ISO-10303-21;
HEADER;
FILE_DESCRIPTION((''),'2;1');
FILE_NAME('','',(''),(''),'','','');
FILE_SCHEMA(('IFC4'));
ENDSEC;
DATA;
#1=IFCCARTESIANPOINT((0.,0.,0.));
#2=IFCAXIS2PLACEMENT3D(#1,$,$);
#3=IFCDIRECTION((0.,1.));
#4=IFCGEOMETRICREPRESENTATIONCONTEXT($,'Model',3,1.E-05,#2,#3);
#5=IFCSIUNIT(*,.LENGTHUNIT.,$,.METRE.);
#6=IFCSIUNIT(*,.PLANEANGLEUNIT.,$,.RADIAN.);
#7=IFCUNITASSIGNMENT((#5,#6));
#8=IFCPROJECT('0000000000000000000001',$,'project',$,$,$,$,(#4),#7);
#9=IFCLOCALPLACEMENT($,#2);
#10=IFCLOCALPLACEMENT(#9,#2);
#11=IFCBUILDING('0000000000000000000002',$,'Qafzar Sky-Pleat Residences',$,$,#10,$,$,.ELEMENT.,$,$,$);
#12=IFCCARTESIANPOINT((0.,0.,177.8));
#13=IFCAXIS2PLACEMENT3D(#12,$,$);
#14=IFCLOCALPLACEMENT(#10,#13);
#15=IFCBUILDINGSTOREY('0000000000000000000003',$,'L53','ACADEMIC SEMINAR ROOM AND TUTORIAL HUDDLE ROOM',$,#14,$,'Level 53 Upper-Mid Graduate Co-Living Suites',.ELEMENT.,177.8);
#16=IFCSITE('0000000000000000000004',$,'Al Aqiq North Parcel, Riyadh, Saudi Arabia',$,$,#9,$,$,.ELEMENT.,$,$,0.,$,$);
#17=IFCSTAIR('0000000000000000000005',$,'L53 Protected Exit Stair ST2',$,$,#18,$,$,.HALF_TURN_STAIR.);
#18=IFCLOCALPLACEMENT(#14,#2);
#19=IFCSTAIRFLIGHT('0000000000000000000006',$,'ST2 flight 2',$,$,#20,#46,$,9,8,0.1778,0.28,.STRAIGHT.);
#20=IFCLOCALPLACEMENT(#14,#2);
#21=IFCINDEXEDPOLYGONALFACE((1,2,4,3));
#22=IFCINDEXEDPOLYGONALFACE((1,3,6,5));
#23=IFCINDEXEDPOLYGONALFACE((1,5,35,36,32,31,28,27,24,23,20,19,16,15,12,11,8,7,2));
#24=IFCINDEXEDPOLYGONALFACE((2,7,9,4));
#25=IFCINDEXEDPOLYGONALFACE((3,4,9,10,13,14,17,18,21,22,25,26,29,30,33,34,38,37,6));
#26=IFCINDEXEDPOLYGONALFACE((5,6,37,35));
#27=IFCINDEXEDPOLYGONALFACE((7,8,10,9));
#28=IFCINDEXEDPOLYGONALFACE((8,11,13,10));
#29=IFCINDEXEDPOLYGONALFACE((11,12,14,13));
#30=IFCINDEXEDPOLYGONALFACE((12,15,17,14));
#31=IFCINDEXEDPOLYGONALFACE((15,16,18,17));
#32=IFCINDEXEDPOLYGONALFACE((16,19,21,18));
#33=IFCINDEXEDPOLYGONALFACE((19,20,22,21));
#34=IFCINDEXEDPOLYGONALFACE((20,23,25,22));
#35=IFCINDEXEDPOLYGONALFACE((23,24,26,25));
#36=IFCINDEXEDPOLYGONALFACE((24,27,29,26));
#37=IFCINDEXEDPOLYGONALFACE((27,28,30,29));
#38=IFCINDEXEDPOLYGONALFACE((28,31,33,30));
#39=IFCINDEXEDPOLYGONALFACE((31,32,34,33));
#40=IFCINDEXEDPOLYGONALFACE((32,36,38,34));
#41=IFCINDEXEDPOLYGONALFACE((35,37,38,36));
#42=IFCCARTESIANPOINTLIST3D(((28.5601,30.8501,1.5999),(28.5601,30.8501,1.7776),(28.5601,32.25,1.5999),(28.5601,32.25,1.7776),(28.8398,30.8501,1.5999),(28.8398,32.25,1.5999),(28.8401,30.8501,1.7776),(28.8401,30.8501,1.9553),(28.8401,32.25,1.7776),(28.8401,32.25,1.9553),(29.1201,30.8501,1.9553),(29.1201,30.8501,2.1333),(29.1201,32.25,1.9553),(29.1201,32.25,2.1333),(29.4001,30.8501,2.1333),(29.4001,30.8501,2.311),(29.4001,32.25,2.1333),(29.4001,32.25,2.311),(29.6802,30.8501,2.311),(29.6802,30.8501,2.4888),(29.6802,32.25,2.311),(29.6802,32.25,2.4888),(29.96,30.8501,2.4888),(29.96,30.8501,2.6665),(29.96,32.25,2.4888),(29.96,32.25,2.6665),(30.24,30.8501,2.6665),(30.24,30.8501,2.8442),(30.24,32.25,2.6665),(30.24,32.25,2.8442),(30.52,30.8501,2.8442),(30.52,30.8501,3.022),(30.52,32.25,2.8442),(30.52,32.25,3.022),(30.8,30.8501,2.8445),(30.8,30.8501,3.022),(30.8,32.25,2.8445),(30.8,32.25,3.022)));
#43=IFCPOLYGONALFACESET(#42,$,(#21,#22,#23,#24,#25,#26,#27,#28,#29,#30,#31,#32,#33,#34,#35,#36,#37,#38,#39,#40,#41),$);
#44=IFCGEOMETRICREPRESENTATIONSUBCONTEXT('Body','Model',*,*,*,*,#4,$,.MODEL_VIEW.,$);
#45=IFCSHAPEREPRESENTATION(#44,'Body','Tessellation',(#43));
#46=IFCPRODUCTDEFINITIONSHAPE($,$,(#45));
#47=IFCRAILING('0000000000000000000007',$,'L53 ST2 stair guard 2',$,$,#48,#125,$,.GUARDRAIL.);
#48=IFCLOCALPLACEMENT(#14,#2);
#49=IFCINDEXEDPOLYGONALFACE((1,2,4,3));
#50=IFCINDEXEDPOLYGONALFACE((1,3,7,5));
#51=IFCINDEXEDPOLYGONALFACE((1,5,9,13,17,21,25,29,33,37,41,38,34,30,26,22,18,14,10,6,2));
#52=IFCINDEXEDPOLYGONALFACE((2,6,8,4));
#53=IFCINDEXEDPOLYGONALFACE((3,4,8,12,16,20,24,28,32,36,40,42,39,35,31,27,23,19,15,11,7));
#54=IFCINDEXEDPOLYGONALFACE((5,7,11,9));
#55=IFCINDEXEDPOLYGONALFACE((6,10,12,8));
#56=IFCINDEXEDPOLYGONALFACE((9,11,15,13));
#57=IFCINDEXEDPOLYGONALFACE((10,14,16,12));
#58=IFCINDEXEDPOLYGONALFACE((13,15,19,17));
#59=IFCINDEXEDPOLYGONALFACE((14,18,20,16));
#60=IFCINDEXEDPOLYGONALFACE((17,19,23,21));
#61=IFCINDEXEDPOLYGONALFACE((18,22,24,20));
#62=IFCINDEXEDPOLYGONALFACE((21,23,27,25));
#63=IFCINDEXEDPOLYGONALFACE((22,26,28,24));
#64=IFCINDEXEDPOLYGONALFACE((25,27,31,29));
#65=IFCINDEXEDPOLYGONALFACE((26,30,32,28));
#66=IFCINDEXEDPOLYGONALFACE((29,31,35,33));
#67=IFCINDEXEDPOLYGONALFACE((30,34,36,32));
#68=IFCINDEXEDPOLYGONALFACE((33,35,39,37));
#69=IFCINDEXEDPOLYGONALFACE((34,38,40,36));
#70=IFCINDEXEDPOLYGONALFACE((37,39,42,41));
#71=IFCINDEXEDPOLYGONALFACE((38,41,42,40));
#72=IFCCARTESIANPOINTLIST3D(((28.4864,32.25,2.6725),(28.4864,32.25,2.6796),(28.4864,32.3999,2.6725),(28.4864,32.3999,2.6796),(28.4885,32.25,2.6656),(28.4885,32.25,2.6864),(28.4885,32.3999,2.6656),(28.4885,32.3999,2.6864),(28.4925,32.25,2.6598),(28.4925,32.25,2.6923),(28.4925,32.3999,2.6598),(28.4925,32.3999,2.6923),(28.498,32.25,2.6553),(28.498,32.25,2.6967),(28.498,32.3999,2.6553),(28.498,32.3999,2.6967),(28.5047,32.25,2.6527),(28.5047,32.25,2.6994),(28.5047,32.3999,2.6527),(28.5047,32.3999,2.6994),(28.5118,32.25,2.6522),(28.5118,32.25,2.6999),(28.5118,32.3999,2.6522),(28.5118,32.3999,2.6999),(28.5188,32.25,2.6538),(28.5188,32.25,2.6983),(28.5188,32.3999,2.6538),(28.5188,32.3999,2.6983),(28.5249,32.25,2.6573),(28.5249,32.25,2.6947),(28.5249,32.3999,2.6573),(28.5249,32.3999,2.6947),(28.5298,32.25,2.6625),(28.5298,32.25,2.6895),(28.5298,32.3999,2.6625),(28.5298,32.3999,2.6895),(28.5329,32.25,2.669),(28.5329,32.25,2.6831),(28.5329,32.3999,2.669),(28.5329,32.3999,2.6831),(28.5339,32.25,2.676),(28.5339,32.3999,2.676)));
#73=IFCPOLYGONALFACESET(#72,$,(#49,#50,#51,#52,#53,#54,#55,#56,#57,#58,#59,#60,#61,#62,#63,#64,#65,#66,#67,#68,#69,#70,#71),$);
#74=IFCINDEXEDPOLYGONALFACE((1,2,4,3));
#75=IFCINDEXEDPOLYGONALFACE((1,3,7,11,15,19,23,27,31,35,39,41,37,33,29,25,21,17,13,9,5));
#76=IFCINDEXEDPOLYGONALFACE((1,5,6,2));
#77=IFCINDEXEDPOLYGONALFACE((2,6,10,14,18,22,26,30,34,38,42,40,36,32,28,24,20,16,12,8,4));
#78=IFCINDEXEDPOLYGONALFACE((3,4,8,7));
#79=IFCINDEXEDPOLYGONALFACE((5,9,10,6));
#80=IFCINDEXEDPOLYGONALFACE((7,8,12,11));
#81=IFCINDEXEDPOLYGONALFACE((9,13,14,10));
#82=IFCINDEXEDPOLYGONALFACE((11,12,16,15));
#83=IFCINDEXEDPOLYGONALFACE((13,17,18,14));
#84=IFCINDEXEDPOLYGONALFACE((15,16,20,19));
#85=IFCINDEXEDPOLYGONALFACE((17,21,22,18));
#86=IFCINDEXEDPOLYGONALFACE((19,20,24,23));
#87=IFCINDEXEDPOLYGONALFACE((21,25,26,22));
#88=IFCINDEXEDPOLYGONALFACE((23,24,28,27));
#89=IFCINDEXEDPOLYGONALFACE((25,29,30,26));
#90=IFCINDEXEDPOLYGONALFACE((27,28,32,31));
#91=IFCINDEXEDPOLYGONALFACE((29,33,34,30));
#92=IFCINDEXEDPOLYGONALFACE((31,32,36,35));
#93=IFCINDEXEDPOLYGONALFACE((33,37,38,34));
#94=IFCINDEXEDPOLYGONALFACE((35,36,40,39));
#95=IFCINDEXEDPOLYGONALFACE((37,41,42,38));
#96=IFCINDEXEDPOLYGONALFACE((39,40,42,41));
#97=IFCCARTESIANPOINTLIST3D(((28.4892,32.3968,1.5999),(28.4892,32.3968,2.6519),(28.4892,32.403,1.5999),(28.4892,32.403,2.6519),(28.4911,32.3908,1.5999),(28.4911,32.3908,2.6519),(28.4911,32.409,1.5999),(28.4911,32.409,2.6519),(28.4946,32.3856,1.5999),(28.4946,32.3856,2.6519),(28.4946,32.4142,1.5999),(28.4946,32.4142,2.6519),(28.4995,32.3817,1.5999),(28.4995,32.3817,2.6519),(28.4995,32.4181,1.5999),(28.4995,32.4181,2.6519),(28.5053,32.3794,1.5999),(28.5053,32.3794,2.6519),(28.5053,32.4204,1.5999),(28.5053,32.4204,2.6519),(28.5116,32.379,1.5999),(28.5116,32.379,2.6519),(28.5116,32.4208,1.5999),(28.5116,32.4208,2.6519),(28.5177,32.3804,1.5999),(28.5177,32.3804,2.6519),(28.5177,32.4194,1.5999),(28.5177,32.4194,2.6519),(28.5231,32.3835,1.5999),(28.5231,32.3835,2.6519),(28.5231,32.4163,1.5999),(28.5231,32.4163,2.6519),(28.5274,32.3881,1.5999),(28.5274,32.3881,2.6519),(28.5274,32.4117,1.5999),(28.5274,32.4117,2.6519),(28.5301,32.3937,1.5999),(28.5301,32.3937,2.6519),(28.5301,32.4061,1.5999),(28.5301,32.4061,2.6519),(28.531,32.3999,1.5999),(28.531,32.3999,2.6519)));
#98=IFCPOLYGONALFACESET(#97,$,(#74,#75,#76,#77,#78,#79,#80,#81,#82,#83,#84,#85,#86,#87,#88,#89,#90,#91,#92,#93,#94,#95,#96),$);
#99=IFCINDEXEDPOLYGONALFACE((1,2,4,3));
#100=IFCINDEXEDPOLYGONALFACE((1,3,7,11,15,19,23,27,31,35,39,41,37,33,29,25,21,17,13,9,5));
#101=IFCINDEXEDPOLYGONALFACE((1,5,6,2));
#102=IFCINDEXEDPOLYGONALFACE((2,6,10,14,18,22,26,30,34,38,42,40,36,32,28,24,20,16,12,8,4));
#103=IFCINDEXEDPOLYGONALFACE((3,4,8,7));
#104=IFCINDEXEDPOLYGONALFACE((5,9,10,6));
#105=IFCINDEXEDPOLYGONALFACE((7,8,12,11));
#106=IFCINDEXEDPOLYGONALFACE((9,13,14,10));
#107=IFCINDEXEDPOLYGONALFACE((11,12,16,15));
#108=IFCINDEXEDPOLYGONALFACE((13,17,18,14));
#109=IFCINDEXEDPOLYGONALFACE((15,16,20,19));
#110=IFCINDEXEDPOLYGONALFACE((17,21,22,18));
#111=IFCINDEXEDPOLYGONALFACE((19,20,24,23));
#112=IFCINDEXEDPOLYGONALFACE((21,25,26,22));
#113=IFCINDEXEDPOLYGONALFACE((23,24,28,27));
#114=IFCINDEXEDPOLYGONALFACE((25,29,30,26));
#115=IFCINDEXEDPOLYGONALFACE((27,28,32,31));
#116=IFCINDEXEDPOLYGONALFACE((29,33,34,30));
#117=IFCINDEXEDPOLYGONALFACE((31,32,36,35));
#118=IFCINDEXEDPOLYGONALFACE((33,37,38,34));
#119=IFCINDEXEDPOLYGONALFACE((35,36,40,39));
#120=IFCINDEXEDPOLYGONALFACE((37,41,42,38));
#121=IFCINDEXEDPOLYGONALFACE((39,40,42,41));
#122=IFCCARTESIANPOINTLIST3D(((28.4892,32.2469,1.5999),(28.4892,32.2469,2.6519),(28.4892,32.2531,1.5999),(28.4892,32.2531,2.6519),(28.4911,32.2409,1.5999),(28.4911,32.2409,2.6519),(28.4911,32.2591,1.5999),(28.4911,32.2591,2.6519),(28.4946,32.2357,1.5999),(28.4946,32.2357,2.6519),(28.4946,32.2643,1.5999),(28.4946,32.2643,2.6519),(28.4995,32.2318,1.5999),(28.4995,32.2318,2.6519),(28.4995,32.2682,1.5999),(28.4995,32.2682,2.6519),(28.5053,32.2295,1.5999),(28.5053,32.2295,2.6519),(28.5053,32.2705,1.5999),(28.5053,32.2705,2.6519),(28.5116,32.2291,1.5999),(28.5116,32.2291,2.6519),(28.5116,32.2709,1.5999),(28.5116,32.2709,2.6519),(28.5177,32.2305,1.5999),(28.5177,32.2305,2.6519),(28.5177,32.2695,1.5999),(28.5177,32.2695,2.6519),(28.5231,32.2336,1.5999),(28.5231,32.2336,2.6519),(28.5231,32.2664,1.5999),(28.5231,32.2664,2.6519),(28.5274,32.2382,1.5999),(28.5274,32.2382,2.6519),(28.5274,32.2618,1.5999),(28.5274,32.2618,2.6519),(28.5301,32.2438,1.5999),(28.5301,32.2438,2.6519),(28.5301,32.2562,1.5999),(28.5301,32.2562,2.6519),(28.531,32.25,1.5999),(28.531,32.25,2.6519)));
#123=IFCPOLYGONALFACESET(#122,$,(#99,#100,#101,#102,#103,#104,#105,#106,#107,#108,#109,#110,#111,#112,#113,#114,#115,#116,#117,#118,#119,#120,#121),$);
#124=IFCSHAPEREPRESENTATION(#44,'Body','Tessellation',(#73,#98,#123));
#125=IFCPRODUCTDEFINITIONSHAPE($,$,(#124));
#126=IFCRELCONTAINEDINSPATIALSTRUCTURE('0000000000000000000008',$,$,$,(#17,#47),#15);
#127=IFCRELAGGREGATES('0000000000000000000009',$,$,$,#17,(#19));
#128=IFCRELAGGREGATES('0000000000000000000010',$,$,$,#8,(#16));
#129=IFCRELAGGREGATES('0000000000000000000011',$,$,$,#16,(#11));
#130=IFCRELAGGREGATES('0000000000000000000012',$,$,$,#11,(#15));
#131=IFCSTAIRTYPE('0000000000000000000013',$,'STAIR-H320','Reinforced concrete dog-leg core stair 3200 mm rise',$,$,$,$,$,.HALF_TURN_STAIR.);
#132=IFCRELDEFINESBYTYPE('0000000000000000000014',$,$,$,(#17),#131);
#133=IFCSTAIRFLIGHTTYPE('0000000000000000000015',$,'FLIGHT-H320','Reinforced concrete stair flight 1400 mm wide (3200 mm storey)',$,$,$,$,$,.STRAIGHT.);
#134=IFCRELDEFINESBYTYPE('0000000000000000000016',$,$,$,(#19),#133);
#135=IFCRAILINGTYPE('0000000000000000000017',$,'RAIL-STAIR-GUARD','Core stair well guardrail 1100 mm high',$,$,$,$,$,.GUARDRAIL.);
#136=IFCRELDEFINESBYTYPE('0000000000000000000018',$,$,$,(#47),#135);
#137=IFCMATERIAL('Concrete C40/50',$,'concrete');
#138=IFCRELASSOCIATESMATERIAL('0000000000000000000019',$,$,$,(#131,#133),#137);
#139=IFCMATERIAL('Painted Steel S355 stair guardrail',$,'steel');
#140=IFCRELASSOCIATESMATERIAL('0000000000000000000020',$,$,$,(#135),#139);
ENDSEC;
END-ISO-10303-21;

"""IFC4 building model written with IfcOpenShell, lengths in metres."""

from ifc_helpers import new_model, si_unit, direction, frame, origin, origin_2d, place, context, subcontext, project, spatial, polyline, circle, outline, extrude, source, transform, mapped, material, type_object, element, aggregate, save


model = new_model("IFC4")

# Units and contexts
model_context = context("Model", 3, precision=1e-05, world=origin(), true_north=direction((0.0, 1.0)))
body_context = subcontext(model_context, "Body", "Model", "MODEL_VIEW")
ifc_project = project(units=[si_unit("LENGTHUNIT", "METRE"), si_unit("PLANEANGLEUNIT", "RADIAN")], contexts=[model_context])

# Site, building, storey
site_placement = place(None, origin())
site = spatial("IfcSite", under=ifc_project, at=site_placement, Name="Al Aqiq North Parcel, Riyadh, Saudi Arabia", CompositionType="ELEMENT", RefElevation=0.0)
building_placement = place(site_placement, origin())
building = spatial("IfcBuilding", under=site, at=building_placement, Name="Qafzar Sky-Pleat Residences", CompositionType="ELEMENT")
storey_placement = place(building_placement, frame((0.0, 0.0, 177.8)))
storey = spatial("IfcBuildingStorey", under=building, at=storey_placement, Name="L53", Description="ACADEMIC SEMINAR ROOM AND TUTORIAL HUDDLE ROOM", LongName="Level 53 Upper-Mid Graduate Co-Living Suites", CompositionType="ELEMENT", Elevation=177.8)

# Stair, stair flight
ifc_material_1 = material(Name="Concrete C40/50", Category="concrete")
stair_type = type_object("IfcStairType", Name="STAIR-H320", Description="Reinforced concrete dog-leg core stair 3200 mm rise", PredefinedType="HALF_TURN_STAIR", material=ifc_material_1)
stair_placement = place(storey_placement, origin())
stair = element("IfcStair", 1, at=stair_placement, inside=storey, type_object=stair_type, Name="L53 Protected Exit Stair ST2", PredefinedType="HALF_TURN_STAIR")
stair_flight_type = type_object("IfcStairFlightType", Name="FLIGHT-H320", Description="Reinforced concrete stair flight 1400 mm wide (3200 mm storey)", PredefinedType="STRAIGHT", material=ifc_material_1)
shared_shape_1 = source(origin(), body_context, "Body", "SweptSolid", [
    extrude(outline(polyline([(0.0, 0.0), (0.0, 0.1777), (0.28, 0.1777), (0.28, 0.3555), (0.5601, 0.3555), (0.5601, 0.5334), (0.8401, 0.5334), (0.8401, 0.7112), (1.1201, 0.7112), (1.1201, 0.8889), (1.3999, 0.8889), (1.3999, 1.0667), (1.6799, 1.0667), (1.6799, 1.2444), (1.96, 1.2444), (1.96, 1.4221), (2.24, 1.4221), (2.24, 1.6001), (2.24, 1.2446), (0.2798, 0.0), (0.0, 0.0)])), frame((0.0, 0.7, 0.0), z_axis=(0.0, -1.0, 0.0), x_axis=(1.0, 0.0, 0.0)), (0.0, 0.0, 1.0), 1.3999),
])
stair_flight_placement = place(storey_placement, frame((28.5601, 31.55, 1.5999), z_axis=(0.0, 0.0, 1.0), x_axis=(1.0, 0.0, 0.0)))
stair_flight = element("IfcStairFlight", 2, at=stair_flight_placement, type_object=stair_flight_type, Name="ST2 flight 2", NumberOfRisers=9, NumberOfTreads=8, PredefinedType="STRAIGHT", RiserHeight=0.1778, TreadLength=0.28, context=body_context, shape_type="MappedRepresentation", body=[
    mapped(shared_shape_1, transform((0.0, 0.0, 0.0), x_axis=(1.0, 0.0, 0.0), y_axis=(0.0, 1.0, 0.0), z_axis=(0.0, 0.0, 1.0), scale=1.0)),
])
aggregate(stair, [stair_flight])

# Railing
ifc_material_2 = material(Name="Painted Steel S355 stair guardrail", Category="steel")
railing_type_1 = type_object("IfcRailingType", Name="RAIL-STAIR-GUARD", Description="Core stair well guardrail 1100 mm high", PredefinedType="GUARDRAIL", material=ifc_material_2)
shared_shape_2 = source(origin(), body_context, "Body", "SweptSolid", [
    extrude(circle(Radius=0.0239, at=origin_2d()), frame((0.0, 0.0, 1.0762), z_axis=(0.0, -1.0, 0.0), x_axis=(1.0, 0.0, 0.0)), (0.0, 0.0, 1.0), 0.1499),
    extrude(circle(Radius=0.021, at=origin_2d()), origin(), (0.0, 0.0, 1.0), 1.052),
    extrude(circle(Radius=0.021, at=origin_2d()), frame((0.0, -0.1499, 0.0)), (0.0, 0.0, 1.0), 1.052),
])
railing_1_placement = place(storey_placement, frame((28.51, 32.3999, 1.5999)))
element("IfcRailing", 3, at=railing_1_placement, inside=storey, type_object=railing_type_1, Name="L53 ST2 stair guard 2", PredefinedType="GUARDRAIL", context=body_context, shape_type="MappedRepresentation", body=[
    mapped(shared_shape_2, transform((0.0, 0.0, 0.0), x_axis=(1.0, 0.0, 0.0), y_axis=(0.0, 1.0, 0.0), z_axis=(0.0, 0.0, 1.0), scale=1.0)),
])

save(model, "model.ifc")
